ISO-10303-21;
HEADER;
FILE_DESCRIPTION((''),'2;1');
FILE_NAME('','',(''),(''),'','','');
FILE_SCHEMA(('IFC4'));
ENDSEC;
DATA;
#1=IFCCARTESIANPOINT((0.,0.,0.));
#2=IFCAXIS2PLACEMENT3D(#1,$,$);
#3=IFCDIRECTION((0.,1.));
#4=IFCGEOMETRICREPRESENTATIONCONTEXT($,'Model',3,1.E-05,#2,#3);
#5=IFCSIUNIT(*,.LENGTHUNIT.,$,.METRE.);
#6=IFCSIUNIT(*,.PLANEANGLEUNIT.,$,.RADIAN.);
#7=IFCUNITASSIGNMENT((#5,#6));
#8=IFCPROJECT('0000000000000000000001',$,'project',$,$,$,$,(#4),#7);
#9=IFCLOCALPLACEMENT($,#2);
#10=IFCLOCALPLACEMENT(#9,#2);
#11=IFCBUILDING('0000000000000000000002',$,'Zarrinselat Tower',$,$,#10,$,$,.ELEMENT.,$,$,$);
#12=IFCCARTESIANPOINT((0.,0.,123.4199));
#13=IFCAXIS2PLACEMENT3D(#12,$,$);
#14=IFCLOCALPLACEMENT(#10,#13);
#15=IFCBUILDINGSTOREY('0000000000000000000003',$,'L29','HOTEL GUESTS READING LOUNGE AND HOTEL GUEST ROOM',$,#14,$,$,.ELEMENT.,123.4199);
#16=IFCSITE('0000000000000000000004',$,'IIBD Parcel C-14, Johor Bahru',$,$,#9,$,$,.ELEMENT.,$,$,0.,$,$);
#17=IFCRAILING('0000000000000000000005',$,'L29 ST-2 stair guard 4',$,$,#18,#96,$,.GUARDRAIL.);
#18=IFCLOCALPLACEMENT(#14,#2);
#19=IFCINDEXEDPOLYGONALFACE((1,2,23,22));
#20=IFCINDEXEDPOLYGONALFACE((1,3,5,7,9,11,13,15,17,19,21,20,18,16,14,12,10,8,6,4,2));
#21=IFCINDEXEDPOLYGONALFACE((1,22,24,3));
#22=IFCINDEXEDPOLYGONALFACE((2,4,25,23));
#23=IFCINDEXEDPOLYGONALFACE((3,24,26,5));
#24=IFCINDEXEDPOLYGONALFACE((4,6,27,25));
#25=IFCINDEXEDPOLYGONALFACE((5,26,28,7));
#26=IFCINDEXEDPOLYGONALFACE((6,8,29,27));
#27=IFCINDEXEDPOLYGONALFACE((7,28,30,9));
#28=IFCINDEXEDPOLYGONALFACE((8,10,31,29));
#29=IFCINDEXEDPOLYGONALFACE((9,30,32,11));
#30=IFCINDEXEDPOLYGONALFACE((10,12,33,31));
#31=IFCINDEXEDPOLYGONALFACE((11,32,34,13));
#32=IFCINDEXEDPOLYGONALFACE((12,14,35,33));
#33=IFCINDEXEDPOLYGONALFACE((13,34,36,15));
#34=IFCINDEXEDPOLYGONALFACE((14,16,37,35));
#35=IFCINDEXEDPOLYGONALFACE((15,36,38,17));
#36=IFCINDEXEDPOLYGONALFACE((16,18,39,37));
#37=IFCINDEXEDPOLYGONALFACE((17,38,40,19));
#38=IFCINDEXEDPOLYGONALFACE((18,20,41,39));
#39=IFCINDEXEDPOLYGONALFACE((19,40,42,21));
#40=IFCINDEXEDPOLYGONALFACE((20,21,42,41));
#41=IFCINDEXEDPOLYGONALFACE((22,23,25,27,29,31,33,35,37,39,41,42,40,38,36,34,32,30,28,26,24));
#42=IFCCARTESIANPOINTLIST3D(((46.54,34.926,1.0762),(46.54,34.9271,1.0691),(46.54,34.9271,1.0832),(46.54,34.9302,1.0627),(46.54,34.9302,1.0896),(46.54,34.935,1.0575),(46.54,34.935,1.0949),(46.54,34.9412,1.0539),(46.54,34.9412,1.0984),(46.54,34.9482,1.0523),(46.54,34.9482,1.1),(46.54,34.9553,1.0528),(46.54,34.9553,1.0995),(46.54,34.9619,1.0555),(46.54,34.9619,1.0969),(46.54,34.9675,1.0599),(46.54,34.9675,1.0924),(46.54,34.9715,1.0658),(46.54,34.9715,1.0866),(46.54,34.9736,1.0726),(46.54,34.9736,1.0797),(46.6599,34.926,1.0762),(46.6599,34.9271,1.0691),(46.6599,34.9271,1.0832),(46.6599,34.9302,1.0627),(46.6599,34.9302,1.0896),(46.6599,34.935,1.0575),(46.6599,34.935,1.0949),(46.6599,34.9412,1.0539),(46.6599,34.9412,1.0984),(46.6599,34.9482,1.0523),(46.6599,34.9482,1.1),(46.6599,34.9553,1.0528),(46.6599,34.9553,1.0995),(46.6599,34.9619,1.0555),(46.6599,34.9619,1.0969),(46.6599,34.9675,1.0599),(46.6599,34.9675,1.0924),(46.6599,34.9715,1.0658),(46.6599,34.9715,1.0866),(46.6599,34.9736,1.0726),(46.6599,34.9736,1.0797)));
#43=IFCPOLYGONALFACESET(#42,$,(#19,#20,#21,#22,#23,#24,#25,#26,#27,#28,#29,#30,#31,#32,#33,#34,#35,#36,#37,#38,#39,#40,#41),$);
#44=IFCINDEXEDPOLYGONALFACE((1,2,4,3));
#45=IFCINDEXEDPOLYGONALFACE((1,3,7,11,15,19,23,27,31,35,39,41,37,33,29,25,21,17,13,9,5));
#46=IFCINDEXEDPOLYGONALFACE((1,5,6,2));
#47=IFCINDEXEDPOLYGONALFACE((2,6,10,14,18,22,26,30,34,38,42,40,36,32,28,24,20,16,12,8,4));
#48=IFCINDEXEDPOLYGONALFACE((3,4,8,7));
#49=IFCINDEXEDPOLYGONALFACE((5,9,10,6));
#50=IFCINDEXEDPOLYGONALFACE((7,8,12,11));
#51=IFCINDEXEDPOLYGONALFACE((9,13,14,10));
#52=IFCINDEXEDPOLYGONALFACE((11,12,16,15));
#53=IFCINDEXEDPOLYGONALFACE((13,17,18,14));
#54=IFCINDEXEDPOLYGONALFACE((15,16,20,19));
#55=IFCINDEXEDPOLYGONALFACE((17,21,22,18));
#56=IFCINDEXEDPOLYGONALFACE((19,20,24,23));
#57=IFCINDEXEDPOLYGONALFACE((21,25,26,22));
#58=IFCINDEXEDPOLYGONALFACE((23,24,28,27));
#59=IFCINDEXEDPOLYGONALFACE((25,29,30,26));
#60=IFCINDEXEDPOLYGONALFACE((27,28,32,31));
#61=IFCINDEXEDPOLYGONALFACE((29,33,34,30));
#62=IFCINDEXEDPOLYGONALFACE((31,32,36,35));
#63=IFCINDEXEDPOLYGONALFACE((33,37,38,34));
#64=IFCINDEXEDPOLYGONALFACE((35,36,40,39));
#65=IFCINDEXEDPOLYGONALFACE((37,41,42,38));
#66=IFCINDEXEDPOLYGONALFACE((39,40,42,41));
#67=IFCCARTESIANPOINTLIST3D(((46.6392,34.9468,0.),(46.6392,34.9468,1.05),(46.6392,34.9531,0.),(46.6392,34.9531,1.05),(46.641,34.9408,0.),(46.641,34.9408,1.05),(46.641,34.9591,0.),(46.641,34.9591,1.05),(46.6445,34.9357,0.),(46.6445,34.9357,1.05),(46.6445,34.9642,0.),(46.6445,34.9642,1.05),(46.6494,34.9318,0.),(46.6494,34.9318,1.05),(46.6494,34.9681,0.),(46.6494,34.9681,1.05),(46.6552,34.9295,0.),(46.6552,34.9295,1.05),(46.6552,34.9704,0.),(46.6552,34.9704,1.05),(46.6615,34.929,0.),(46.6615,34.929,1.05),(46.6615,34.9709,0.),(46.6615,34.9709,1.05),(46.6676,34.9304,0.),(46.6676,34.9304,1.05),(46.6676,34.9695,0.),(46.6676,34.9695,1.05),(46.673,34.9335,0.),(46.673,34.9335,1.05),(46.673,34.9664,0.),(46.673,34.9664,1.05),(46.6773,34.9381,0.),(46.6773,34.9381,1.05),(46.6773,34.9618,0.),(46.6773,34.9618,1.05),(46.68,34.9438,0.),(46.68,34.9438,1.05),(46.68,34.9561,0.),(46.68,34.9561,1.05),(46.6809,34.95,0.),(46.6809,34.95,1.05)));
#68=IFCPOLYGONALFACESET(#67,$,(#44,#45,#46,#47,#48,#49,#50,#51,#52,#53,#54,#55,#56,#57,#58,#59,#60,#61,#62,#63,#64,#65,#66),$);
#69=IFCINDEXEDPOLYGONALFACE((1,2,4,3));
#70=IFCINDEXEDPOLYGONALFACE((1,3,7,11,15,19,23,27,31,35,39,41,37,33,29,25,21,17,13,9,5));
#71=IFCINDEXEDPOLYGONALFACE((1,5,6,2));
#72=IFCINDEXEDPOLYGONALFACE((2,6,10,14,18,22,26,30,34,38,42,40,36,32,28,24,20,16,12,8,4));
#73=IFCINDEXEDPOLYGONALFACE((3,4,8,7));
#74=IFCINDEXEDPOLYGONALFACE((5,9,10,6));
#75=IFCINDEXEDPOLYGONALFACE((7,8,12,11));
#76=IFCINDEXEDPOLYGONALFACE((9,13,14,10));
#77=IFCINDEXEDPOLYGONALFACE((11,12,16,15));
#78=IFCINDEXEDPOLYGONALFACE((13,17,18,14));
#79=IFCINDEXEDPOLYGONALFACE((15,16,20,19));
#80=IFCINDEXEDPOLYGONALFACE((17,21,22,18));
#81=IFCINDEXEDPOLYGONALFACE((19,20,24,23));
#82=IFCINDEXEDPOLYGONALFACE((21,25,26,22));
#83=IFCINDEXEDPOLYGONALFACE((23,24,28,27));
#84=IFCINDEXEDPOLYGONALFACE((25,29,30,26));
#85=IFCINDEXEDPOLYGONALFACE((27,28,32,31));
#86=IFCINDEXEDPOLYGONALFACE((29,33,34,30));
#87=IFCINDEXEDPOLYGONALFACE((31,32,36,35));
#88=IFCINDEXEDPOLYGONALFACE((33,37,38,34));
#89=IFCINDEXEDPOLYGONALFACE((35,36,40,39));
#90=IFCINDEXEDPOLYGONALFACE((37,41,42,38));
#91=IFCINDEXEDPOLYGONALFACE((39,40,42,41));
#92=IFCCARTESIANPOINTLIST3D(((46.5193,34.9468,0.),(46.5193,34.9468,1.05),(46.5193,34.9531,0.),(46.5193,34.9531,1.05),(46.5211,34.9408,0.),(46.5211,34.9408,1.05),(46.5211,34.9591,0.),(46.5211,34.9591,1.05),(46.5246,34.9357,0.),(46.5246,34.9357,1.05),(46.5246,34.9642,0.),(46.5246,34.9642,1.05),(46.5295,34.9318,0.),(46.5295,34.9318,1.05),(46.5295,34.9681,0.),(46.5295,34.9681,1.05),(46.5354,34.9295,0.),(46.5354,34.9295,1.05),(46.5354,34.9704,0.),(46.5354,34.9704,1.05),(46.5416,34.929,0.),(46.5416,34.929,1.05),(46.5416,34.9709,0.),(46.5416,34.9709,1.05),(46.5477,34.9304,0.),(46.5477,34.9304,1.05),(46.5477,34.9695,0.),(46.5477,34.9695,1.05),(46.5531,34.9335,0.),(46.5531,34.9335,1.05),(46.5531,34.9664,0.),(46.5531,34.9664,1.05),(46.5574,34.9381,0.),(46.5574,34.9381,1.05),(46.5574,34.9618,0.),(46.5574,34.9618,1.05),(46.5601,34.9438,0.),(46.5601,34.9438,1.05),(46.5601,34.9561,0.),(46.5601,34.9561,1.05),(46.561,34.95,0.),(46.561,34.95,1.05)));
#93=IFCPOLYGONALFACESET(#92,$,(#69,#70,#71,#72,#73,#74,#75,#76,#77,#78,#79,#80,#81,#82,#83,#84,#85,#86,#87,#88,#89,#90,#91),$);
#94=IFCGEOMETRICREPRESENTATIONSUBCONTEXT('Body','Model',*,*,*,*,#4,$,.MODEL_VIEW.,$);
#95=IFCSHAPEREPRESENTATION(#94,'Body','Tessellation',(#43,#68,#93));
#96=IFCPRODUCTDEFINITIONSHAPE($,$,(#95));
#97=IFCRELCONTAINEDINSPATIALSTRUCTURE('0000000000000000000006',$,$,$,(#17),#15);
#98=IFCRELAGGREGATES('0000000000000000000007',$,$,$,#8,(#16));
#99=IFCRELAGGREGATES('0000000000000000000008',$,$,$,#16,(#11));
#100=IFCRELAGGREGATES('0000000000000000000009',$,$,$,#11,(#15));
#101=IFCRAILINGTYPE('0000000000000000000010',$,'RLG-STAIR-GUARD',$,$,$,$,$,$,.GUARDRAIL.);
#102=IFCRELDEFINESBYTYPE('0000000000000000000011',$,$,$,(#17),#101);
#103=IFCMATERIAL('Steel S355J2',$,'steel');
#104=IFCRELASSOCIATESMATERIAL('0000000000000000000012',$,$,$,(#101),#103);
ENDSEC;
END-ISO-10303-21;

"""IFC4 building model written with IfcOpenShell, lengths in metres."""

from ifc_helpers import new_model, si_unit, direction, frame, origin, origin_2d, place, context, subcontext, project, spatial, circle, extrude, material, type_object, element, save


model = new_model("IFC4")

# Units and contexts
model_context = context("Model", 3, precision=1e-05, world=origin(), true_north=direction((0.0, 1.0)))
body_context = subcontext(model_context, "Body", "Model", "MODEL_VIEW")
ifc_project = project(units=[si_unit("LENGTHUNIT", "METRE"), si_unit("PLANEANGLEUNIT", "RADIAN")], contexts=[model_context])

# Site, building, storey
site_placement = place(None, origin())
site = spatial("IfcSite", under=ifc_project, at=site_placement, Name="IIBD Parcel C-14, Johor Bahru", CompositionType="ELEMENT", RefElevation=0.0)
building_placement = place(site_placement, origin())
building = spatial("IfcBuilding", under=site, at=building_placement, Name="Zarrinselat Tower", CompositionType="ELEMENT")
storey_placement = place(building_placement, frame((0.0, 0.0, 123.4199)))
storey = spatial("IfcBuildingStorey", under=building, at=storey_placement, Name="L29", Description="HOTEL GUESTS READING LOUNGE AND HOTEL GUEST ROOM", CompositionType="ELEMENT", Elevation=123.4199)

# Railing
ifc_material_1 = material(Name="Steel S355J2", Category="steel")
railing_type_1 = type_object("IfcRailingType", Name="RLG-STAIR-GUARD", PredefinedType="GUARDRAIL", material=ifc_material_1)
railing_1_placement = place(storey_placement, frame((46.6599, 34.95, 0.0)))
element("IfcRailing", 1, at=railing_1_placement, inside=storey, type_object=railing_type_1, Name="L29 ST-2 stair guard 4", PredefinedType="GUARDRAIL", context=body_context, shape_type="SweptSolid", body=[
    extrude(circle(Radius=0.0239, at=origin_2d()), frame((0.0, 0.0, 1.0762), z_axis=(-1.0, 0.0, 0.0), x_axis=(0.0, -1.0, 0.0)), (0.0, 0.0, 1.0), 0.1199),
    extrude(circle(Radius=0.021, at=origin_2d()), origin(), (0.0, 0.0, 1.0), 1.05),
    extrude(circle(Radius=0.021, at=origin_2d()), frame((-0.1199, 0.0, 0.0)), (0.0, 0.0, 1.0), 1.05),
])

save(model, "model.ifc")
